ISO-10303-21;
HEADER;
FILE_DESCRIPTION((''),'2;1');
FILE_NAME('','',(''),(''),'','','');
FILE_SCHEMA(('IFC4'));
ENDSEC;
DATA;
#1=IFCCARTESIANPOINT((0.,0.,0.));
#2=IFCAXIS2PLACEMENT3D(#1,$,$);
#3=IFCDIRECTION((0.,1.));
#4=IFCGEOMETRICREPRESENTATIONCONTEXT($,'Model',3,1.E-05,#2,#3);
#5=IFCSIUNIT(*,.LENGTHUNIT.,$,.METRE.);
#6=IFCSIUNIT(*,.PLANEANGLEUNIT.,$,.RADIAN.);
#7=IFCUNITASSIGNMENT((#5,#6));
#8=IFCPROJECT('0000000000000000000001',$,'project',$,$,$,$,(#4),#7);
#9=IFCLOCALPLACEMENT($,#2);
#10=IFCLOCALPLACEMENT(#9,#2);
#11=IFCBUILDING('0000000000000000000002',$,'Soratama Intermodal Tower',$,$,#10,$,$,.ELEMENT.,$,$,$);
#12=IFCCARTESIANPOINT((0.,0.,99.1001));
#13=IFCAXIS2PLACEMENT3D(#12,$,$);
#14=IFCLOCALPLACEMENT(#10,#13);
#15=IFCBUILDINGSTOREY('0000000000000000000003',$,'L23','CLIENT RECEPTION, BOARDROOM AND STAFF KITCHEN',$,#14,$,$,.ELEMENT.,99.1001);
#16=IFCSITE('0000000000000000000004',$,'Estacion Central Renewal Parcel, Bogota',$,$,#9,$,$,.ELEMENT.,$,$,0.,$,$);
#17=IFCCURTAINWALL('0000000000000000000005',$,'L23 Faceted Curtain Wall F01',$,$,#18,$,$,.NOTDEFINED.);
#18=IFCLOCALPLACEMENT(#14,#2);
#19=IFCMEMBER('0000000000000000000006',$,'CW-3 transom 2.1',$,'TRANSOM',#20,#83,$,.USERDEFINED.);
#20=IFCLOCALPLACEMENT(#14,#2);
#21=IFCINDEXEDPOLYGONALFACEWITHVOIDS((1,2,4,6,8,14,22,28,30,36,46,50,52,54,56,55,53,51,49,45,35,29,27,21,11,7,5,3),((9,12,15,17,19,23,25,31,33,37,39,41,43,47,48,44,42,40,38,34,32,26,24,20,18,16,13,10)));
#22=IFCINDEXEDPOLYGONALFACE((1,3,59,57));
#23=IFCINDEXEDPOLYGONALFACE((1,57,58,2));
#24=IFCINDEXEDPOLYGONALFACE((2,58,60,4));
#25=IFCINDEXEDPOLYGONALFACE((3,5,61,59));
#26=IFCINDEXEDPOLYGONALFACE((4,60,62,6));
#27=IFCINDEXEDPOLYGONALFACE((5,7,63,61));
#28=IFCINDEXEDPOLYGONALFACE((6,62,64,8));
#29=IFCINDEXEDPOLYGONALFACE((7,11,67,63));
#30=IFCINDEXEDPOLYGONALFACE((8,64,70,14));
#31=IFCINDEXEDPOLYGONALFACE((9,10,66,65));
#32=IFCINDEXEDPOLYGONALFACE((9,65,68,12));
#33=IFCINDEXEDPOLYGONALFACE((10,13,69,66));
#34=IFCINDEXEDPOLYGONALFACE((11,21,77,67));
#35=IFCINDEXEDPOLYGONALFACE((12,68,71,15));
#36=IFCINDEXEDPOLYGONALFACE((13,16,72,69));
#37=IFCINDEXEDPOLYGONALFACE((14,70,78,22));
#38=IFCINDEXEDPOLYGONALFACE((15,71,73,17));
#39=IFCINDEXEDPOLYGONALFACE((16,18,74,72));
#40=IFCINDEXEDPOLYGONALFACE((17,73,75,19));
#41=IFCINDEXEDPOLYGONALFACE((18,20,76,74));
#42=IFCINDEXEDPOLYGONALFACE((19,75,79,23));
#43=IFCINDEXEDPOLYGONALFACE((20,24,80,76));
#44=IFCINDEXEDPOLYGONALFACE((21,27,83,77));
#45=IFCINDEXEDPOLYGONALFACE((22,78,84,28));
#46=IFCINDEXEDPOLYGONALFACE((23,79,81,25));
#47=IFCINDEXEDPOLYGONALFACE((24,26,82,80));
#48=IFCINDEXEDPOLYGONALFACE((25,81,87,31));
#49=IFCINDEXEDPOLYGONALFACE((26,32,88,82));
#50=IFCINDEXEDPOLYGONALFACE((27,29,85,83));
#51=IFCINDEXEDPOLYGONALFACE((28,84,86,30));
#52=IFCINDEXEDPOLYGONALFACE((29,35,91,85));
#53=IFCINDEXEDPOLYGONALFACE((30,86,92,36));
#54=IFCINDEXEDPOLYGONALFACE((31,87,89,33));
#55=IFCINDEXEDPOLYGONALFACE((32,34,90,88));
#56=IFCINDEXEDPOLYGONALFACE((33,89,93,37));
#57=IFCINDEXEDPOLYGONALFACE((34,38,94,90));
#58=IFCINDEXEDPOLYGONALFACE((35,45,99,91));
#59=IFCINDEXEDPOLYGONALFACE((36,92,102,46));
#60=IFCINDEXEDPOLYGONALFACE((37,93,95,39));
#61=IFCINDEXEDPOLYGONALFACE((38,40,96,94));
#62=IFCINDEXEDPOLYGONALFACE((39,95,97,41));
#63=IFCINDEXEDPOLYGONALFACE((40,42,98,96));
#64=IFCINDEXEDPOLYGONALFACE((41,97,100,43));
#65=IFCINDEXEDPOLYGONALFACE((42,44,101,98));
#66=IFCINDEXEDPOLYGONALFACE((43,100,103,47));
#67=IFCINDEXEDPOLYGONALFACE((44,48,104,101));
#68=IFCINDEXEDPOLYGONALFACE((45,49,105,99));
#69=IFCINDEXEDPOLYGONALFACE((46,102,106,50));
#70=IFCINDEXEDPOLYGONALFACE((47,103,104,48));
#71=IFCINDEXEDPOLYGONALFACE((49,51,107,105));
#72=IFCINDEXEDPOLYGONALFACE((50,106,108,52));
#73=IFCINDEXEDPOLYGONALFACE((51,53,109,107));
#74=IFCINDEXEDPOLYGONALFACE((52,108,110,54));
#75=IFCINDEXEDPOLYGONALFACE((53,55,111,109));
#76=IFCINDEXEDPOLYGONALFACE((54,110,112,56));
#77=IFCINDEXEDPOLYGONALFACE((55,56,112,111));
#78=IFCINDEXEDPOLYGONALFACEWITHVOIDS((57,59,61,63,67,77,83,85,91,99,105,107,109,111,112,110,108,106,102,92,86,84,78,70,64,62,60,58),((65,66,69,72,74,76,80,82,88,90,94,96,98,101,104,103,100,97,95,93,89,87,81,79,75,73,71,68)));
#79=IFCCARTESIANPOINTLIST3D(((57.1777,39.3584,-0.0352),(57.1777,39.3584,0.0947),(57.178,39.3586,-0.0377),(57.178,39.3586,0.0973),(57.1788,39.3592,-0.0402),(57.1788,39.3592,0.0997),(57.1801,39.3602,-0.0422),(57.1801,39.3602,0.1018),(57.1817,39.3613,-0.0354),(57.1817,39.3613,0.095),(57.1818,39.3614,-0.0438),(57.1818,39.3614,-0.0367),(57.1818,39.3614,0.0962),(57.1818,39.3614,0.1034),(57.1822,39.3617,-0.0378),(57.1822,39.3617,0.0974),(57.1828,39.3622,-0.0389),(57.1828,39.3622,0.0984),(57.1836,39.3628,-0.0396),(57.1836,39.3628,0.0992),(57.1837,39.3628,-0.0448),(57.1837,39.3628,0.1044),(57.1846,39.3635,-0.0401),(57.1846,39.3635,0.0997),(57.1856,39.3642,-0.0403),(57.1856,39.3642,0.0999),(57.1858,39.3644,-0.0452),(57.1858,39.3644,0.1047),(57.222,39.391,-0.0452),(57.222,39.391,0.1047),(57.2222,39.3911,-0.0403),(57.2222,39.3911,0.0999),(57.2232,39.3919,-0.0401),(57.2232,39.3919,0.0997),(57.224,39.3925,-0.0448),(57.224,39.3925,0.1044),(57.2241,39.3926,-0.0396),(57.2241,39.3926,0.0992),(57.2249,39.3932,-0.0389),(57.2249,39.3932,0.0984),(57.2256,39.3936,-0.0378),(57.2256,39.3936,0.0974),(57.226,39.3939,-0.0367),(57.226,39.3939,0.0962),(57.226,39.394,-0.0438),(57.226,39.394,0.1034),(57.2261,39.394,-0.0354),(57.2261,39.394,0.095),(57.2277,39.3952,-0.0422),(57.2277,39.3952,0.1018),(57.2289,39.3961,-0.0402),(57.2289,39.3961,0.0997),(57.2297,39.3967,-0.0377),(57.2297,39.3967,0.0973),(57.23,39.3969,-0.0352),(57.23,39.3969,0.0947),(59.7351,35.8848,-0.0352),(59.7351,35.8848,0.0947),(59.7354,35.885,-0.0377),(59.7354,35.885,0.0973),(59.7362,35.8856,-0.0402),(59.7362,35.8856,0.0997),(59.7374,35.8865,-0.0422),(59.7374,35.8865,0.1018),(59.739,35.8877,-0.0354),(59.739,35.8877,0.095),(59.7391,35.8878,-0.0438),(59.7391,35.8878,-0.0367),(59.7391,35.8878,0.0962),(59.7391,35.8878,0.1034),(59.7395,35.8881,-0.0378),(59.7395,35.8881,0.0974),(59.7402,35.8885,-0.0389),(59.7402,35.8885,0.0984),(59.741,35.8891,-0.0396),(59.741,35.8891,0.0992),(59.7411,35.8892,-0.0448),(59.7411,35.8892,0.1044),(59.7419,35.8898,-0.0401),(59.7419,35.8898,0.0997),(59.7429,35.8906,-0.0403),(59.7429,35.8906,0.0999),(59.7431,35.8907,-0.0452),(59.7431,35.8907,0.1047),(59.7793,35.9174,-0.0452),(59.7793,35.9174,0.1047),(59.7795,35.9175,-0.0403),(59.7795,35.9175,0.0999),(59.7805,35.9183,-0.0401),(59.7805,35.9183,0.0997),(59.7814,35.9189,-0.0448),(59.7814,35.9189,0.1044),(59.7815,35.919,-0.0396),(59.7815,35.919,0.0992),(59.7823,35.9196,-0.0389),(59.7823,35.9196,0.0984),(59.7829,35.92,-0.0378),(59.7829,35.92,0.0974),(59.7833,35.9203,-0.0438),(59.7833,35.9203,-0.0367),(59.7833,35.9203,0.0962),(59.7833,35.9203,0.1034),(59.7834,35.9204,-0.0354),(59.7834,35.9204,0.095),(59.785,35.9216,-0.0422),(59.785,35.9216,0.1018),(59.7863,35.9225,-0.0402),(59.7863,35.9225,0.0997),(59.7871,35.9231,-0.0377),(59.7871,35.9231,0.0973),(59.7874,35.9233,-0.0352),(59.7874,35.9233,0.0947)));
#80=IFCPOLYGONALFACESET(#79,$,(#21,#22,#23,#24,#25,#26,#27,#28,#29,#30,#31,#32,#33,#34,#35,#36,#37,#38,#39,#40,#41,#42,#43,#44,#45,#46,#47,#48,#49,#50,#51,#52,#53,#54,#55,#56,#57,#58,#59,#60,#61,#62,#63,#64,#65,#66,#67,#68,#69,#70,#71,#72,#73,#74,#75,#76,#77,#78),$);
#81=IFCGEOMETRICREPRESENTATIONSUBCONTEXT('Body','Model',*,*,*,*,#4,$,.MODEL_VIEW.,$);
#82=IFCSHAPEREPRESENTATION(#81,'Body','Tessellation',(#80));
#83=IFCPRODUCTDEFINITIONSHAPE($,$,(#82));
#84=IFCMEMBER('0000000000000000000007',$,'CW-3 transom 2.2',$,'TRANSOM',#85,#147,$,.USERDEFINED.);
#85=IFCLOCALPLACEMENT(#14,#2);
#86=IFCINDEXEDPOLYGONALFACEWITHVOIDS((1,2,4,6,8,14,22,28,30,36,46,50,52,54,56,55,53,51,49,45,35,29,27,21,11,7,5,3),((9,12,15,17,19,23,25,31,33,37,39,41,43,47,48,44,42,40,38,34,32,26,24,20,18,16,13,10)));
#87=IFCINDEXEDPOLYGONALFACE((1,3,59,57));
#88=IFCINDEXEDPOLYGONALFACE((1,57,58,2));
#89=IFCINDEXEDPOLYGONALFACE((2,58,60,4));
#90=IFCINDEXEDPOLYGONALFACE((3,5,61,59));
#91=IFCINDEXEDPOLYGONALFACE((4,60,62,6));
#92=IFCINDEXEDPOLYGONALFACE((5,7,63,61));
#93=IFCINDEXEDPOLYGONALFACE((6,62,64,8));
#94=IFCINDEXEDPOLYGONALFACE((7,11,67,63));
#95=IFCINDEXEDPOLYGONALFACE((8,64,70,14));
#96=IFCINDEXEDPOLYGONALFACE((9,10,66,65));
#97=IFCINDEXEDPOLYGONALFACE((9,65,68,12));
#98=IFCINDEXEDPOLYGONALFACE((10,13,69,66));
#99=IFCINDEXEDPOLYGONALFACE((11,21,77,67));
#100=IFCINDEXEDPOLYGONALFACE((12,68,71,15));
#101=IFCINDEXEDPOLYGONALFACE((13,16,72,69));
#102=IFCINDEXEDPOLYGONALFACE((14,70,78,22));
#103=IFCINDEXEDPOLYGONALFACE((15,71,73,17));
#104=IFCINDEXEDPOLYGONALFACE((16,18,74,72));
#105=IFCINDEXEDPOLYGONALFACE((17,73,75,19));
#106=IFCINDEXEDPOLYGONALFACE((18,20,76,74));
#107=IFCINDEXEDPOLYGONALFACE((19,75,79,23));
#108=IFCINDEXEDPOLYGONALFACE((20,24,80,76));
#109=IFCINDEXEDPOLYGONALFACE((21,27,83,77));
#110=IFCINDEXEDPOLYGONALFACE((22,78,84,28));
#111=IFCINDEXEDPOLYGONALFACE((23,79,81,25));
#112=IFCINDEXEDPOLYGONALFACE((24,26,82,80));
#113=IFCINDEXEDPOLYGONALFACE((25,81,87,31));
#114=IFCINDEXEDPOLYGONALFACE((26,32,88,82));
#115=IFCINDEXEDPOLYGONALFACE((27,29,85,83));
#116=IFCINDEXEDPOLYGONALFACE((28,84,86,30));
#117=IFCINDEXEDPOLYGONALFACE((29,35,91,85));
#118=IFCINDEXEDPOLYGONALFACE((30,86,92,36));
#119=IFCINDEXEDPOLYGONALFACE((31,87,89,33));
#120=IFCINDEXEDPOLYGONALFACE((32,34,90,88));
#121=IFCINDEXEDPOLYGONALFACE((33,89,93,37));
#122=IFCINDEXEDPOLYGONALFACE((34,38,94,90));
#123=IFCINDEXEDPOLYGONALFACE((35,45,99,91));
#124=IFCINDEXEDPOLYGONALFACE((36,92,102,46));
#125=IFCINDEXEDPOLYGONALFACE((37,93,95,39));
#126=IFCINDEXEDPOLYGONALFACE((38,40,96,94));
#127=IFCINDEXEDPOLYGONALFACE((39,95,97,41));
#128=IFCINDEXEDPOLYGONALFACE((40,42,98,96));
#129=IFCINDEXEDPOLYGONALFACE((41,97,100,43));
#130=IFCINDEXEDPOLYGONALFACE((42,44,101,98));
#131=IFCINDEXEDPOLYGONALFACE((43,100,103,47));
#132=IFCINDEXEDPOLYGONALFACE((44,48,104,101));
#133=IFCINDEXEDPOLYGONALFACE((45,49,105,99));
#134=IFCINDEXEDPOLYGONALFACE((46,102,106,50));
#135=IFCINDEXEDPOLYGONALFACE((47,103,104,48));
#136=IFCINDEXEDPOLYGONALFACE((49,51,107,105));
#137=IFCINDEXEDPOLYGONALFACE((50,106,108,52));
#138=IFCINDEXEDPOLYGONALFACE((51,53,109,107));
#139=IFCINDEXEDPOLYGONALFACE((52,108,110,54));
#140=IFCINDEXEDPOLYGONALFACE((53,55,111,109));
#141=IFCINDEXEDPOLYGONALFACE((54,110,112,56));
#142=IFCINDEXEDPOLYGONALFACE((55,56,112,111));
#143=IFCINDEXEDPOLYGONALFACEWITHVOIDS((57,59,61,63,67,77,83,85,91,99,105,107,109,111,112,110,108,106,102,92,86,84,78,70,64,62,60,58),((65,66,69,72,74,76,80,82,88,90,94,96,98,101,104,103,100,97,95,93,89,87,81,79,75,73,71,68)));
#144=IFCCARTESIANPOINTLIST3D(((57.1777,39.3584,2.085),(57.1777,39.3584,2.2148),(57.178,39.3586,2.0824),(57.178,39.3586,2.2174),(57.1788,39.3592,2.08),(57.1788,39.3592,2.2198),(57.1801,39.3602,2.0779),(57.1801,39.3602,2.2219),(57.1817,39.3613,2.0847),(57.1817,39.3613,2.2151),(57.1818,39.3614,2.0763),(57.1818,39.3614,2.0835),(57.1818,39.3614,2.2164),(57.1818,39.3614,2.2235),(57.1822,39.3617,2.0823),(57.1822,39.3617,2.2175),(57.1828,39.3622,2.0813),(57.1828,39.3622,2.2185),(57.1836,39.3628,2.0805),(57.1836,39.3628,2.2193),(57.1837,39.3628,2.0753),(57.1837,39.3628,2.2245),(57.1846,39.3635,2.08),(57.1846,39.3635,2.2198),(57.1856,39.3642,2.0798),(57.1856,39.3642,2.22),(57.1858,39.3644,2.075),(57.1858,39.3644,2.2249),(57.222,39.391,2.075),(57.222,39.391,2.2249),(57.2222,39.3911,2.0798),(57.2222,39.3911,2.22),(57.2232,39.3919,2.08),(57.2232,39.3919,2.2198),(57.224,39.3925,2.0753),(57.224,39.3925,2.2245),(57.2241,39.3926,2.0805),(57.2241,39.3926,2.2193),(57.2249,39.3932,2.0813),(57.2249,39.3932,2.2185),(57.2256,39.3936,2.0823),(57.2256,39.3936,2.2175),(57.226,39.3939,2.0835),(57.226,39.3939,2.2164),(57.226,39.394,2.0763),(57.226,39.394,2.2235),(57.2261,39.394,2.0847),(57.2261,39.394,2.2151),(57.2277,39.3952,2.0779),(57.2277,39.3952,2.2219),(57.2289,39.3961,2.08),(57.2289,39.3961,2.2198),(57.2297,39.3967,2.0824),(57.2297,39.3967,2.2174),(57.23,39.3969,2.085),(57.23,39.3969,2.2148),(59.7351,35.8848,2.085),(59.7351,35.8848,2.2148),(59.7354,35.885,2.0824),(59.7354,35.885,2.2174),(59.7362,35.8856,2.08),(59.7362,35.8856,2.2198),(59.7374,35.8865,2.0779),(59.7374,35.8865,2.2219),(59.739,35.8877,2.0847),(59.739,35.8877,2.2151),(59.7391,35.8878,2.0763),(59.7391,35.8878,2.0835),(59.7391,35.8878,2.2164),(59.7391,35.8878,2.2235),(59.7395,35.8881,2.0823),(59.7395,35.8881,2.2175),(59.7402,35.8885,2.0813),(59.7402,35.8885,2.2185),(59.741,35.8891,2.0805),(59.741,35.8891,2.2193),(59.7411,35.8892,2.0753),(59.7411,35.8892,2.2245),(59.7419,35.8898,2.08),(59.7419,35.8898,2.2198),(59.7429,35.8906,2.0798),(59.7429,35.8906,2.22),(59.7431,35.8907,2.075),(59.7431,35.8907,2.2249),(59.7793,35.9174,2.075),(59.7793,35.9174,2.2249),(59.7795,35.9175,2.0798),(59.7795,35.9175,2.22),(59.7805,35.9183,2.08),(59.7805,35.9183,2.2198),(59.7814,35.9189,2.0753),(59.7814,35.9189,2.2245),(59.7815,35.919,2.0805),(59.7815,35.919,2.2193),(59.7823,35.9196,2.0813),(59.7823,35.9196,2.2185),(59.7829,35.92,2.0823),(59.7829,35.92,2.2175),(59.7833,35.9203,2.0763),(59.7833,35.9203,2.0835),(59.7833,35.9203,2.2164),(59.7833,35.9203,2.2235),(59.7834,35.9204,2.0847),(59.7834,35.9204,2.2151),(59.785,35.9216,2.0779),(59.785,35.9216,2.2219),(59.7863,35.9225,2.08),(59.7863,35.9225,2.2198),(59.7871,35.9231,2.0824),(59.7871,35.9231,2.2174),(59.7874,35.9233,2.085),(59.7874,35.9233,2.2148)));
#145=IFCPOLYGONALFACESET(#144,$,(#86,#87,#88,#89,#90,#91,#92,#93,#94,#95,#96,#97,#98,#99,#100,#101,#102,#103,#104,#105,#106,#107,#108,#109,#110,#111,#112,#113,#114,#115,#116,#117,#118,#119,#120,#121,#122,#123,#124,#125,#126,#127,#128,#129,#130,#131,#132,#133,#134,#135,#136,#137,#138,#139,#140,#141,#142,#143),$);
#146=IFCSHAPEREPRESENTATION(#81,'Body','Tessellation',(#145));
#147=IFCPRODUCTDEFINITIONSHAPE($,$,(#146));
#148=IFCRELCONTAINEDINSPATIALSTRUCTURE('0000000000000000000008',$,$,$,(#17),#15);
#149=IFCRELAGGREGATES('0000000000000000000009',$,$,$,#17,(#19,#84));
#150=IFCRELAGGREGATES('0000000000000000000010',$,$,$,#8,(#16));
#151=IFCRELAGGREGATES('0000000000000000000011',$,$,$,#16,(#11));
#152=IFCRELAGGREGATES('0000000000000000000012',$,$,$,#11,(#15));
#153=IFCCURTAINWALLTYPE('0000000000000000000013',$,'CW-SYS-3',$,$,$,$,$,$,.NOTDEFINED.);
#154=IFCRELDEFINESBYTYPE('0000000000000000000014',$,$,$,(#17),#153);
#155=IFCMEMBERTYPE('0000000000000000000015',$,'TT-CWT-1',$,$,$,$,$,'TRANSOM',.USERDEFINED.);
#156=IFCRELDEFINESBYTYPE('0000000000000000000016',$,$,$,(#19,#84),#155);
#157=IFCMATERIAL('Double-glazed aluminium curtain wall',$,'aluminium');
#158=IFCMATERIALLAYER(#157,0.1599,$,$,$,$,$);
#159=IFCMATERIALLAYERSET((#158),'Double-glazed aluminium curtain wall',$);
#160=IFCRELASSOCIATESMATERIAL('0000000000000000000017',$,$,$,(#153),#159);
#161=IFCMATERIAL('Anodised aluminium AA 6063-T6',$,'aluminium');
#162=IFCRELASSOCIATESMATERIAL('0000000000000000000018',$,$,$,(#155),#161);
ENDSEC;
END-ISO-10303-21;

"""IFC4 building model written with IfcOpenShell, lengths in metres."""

from ifc_helpers import new_model, si_unit, direction, frame, origin, origin_2d, place, context, subcontext, project, spatial, hollow_rectangle, extrude, material, layer, layer_set, material_profile, profile_set, type_object, element, aggregate, save


model = new_model("IFC4")

# Units and contexts
model_context = context("Model", 3, precision=1e-05, world=origin(), true_north=direction((0.0, 1.0)))
body_context = subcontext(model_context, "Body", "Model", "MODEL_VIEW")
ifc_project = project(units=[si_unit("LENGTHUNIT", "METRE"), si_unit("PLANEANGLEUNIT", "RADIAN")], contexts=[model_context])

# Site, building, storey
site_placement = place(None, origin())
site = spatial("IfcSite", under=ifc_project, at=site_placement, Name="Estacion Central Renewal Parcel, Bogota", CompositionType="ELEMENT", RefElevation=0.0)
building_placement = place(site_placement, origin())
building = spatial("IfcBuilding", under=site, at=building_placement, Name="Soratama Intermodal Tower", CompositionType="ELEMENT")
storey_placement = place(building_placement, frame((0.0, 0.0, 99.1001)))
storey = spatial("IfcBuildingStorey", under=building, at=storey_placement, Name="L23", Description="CLIENT RECEPTION, BOARDROOM AND STAFF KITCHEN", CompositionType="ELEMENT", Elevation=99.1001)

# Curtain wall, members
ifc_material_1 = material(Name="Double-glazed aluminium curtain wall", Category="aluminium")
ifc_layer_1 = layer(ifc_material_1, 0.1599)
ifc_layer_set_1 = layer_set([ifc_layer_1], Name="Double-glazed aluminium curtain wall")
curtain_wall_type = type_object("IfcCurtainWallType", Name="CW-SYS-3", PredefinedType="NOTDEFINED", material=ifc_layer_set_1)
curtain_wall_placement = place(storey_placement, origin())
curtain_wall = element("IfcCurtainWall", 1, at=curtain_wall_placement, inside=storey, type_object=curtain_wall_type, Name="L23 Faceted Curtain Wall F01", PredefinedType="NOTDEFINED")
ifc_material_2 = material(Name="Anodised aluminium AA 6063-T6", Category="aluminium")
ifc_material_profile_1 = material_profile(ifc_material_2, hollow_rectangle(XDim=0.0649, YDim=0.1499, WallThickness=0.0049, InnerFilletRadius=0.0049, OuterFilletRadius=0.01, at=origin_2d()), Name="CWT150X65X5")
ifc_profile_set_1 = profile_set([ifc_material_profile_1], Name="Anodised aluminium AA 6063-T6")
member_type_1 = type_object("IfcMemberType", Name="TT-CWT-1", ElementType="TRANSOM", PredefinedType="USERDEFINED", material=ifc_profile_set_1)
member_1_placement = place(storey_placement, frame((59.7612, 35.9041, 0.0298), z_axis=(-0.592877, 0.805293, 0.0), x_axis=(-0.805293, -0.592877, 0.0)))
member_1 = element("IfcMember", 2, at=member_1_placement, type_object=member_type_1, Name="CW-3 transom 2.1", ObjectType="TRANSOM", PredefinedType="USERDEFINED", context=body_context, shape_type="SweptSolid", body=[
    extrude(hollow_rectangle(XDim=0.0649, YDim=0.1499, WallThickness=0.0049, InnerFilletRadius=0.0049, OuterFilletRadius=0.01, at=origin_2d()), origin(), (0.0, 0.0, 1.0), 4.3135),
])
member_2_placement = place(storey_placement, frame((59.7612, 35.9041, 2.1499), z_axis=(-0.592877, 0.805293, 0.0), x_axis=(-0.805293, -0.592877, 0.0)))
member_2 = element("IfcMember", 3, at=member_2_placement, type_object=member_type_1, Name="CW-3 transom 2.2", ObjectType="TRANSOM", PredefinedType="USERDEFINED", context=body_context, shape_type="SweptSolid", body=[
    extrude(hollow_rectangle(XDim=0.0649, YDim=0.1499, WallThickness=0.0049, InnerFilletRadius=0.0049, OuterFilletRadius=0.01, at=origin_2d()), origin(), (0.0, 0.0, 1.0), 4.3135),
])
aggregate(curtain_wall, [member_1, member_2])

save(model, "model.ifc")
